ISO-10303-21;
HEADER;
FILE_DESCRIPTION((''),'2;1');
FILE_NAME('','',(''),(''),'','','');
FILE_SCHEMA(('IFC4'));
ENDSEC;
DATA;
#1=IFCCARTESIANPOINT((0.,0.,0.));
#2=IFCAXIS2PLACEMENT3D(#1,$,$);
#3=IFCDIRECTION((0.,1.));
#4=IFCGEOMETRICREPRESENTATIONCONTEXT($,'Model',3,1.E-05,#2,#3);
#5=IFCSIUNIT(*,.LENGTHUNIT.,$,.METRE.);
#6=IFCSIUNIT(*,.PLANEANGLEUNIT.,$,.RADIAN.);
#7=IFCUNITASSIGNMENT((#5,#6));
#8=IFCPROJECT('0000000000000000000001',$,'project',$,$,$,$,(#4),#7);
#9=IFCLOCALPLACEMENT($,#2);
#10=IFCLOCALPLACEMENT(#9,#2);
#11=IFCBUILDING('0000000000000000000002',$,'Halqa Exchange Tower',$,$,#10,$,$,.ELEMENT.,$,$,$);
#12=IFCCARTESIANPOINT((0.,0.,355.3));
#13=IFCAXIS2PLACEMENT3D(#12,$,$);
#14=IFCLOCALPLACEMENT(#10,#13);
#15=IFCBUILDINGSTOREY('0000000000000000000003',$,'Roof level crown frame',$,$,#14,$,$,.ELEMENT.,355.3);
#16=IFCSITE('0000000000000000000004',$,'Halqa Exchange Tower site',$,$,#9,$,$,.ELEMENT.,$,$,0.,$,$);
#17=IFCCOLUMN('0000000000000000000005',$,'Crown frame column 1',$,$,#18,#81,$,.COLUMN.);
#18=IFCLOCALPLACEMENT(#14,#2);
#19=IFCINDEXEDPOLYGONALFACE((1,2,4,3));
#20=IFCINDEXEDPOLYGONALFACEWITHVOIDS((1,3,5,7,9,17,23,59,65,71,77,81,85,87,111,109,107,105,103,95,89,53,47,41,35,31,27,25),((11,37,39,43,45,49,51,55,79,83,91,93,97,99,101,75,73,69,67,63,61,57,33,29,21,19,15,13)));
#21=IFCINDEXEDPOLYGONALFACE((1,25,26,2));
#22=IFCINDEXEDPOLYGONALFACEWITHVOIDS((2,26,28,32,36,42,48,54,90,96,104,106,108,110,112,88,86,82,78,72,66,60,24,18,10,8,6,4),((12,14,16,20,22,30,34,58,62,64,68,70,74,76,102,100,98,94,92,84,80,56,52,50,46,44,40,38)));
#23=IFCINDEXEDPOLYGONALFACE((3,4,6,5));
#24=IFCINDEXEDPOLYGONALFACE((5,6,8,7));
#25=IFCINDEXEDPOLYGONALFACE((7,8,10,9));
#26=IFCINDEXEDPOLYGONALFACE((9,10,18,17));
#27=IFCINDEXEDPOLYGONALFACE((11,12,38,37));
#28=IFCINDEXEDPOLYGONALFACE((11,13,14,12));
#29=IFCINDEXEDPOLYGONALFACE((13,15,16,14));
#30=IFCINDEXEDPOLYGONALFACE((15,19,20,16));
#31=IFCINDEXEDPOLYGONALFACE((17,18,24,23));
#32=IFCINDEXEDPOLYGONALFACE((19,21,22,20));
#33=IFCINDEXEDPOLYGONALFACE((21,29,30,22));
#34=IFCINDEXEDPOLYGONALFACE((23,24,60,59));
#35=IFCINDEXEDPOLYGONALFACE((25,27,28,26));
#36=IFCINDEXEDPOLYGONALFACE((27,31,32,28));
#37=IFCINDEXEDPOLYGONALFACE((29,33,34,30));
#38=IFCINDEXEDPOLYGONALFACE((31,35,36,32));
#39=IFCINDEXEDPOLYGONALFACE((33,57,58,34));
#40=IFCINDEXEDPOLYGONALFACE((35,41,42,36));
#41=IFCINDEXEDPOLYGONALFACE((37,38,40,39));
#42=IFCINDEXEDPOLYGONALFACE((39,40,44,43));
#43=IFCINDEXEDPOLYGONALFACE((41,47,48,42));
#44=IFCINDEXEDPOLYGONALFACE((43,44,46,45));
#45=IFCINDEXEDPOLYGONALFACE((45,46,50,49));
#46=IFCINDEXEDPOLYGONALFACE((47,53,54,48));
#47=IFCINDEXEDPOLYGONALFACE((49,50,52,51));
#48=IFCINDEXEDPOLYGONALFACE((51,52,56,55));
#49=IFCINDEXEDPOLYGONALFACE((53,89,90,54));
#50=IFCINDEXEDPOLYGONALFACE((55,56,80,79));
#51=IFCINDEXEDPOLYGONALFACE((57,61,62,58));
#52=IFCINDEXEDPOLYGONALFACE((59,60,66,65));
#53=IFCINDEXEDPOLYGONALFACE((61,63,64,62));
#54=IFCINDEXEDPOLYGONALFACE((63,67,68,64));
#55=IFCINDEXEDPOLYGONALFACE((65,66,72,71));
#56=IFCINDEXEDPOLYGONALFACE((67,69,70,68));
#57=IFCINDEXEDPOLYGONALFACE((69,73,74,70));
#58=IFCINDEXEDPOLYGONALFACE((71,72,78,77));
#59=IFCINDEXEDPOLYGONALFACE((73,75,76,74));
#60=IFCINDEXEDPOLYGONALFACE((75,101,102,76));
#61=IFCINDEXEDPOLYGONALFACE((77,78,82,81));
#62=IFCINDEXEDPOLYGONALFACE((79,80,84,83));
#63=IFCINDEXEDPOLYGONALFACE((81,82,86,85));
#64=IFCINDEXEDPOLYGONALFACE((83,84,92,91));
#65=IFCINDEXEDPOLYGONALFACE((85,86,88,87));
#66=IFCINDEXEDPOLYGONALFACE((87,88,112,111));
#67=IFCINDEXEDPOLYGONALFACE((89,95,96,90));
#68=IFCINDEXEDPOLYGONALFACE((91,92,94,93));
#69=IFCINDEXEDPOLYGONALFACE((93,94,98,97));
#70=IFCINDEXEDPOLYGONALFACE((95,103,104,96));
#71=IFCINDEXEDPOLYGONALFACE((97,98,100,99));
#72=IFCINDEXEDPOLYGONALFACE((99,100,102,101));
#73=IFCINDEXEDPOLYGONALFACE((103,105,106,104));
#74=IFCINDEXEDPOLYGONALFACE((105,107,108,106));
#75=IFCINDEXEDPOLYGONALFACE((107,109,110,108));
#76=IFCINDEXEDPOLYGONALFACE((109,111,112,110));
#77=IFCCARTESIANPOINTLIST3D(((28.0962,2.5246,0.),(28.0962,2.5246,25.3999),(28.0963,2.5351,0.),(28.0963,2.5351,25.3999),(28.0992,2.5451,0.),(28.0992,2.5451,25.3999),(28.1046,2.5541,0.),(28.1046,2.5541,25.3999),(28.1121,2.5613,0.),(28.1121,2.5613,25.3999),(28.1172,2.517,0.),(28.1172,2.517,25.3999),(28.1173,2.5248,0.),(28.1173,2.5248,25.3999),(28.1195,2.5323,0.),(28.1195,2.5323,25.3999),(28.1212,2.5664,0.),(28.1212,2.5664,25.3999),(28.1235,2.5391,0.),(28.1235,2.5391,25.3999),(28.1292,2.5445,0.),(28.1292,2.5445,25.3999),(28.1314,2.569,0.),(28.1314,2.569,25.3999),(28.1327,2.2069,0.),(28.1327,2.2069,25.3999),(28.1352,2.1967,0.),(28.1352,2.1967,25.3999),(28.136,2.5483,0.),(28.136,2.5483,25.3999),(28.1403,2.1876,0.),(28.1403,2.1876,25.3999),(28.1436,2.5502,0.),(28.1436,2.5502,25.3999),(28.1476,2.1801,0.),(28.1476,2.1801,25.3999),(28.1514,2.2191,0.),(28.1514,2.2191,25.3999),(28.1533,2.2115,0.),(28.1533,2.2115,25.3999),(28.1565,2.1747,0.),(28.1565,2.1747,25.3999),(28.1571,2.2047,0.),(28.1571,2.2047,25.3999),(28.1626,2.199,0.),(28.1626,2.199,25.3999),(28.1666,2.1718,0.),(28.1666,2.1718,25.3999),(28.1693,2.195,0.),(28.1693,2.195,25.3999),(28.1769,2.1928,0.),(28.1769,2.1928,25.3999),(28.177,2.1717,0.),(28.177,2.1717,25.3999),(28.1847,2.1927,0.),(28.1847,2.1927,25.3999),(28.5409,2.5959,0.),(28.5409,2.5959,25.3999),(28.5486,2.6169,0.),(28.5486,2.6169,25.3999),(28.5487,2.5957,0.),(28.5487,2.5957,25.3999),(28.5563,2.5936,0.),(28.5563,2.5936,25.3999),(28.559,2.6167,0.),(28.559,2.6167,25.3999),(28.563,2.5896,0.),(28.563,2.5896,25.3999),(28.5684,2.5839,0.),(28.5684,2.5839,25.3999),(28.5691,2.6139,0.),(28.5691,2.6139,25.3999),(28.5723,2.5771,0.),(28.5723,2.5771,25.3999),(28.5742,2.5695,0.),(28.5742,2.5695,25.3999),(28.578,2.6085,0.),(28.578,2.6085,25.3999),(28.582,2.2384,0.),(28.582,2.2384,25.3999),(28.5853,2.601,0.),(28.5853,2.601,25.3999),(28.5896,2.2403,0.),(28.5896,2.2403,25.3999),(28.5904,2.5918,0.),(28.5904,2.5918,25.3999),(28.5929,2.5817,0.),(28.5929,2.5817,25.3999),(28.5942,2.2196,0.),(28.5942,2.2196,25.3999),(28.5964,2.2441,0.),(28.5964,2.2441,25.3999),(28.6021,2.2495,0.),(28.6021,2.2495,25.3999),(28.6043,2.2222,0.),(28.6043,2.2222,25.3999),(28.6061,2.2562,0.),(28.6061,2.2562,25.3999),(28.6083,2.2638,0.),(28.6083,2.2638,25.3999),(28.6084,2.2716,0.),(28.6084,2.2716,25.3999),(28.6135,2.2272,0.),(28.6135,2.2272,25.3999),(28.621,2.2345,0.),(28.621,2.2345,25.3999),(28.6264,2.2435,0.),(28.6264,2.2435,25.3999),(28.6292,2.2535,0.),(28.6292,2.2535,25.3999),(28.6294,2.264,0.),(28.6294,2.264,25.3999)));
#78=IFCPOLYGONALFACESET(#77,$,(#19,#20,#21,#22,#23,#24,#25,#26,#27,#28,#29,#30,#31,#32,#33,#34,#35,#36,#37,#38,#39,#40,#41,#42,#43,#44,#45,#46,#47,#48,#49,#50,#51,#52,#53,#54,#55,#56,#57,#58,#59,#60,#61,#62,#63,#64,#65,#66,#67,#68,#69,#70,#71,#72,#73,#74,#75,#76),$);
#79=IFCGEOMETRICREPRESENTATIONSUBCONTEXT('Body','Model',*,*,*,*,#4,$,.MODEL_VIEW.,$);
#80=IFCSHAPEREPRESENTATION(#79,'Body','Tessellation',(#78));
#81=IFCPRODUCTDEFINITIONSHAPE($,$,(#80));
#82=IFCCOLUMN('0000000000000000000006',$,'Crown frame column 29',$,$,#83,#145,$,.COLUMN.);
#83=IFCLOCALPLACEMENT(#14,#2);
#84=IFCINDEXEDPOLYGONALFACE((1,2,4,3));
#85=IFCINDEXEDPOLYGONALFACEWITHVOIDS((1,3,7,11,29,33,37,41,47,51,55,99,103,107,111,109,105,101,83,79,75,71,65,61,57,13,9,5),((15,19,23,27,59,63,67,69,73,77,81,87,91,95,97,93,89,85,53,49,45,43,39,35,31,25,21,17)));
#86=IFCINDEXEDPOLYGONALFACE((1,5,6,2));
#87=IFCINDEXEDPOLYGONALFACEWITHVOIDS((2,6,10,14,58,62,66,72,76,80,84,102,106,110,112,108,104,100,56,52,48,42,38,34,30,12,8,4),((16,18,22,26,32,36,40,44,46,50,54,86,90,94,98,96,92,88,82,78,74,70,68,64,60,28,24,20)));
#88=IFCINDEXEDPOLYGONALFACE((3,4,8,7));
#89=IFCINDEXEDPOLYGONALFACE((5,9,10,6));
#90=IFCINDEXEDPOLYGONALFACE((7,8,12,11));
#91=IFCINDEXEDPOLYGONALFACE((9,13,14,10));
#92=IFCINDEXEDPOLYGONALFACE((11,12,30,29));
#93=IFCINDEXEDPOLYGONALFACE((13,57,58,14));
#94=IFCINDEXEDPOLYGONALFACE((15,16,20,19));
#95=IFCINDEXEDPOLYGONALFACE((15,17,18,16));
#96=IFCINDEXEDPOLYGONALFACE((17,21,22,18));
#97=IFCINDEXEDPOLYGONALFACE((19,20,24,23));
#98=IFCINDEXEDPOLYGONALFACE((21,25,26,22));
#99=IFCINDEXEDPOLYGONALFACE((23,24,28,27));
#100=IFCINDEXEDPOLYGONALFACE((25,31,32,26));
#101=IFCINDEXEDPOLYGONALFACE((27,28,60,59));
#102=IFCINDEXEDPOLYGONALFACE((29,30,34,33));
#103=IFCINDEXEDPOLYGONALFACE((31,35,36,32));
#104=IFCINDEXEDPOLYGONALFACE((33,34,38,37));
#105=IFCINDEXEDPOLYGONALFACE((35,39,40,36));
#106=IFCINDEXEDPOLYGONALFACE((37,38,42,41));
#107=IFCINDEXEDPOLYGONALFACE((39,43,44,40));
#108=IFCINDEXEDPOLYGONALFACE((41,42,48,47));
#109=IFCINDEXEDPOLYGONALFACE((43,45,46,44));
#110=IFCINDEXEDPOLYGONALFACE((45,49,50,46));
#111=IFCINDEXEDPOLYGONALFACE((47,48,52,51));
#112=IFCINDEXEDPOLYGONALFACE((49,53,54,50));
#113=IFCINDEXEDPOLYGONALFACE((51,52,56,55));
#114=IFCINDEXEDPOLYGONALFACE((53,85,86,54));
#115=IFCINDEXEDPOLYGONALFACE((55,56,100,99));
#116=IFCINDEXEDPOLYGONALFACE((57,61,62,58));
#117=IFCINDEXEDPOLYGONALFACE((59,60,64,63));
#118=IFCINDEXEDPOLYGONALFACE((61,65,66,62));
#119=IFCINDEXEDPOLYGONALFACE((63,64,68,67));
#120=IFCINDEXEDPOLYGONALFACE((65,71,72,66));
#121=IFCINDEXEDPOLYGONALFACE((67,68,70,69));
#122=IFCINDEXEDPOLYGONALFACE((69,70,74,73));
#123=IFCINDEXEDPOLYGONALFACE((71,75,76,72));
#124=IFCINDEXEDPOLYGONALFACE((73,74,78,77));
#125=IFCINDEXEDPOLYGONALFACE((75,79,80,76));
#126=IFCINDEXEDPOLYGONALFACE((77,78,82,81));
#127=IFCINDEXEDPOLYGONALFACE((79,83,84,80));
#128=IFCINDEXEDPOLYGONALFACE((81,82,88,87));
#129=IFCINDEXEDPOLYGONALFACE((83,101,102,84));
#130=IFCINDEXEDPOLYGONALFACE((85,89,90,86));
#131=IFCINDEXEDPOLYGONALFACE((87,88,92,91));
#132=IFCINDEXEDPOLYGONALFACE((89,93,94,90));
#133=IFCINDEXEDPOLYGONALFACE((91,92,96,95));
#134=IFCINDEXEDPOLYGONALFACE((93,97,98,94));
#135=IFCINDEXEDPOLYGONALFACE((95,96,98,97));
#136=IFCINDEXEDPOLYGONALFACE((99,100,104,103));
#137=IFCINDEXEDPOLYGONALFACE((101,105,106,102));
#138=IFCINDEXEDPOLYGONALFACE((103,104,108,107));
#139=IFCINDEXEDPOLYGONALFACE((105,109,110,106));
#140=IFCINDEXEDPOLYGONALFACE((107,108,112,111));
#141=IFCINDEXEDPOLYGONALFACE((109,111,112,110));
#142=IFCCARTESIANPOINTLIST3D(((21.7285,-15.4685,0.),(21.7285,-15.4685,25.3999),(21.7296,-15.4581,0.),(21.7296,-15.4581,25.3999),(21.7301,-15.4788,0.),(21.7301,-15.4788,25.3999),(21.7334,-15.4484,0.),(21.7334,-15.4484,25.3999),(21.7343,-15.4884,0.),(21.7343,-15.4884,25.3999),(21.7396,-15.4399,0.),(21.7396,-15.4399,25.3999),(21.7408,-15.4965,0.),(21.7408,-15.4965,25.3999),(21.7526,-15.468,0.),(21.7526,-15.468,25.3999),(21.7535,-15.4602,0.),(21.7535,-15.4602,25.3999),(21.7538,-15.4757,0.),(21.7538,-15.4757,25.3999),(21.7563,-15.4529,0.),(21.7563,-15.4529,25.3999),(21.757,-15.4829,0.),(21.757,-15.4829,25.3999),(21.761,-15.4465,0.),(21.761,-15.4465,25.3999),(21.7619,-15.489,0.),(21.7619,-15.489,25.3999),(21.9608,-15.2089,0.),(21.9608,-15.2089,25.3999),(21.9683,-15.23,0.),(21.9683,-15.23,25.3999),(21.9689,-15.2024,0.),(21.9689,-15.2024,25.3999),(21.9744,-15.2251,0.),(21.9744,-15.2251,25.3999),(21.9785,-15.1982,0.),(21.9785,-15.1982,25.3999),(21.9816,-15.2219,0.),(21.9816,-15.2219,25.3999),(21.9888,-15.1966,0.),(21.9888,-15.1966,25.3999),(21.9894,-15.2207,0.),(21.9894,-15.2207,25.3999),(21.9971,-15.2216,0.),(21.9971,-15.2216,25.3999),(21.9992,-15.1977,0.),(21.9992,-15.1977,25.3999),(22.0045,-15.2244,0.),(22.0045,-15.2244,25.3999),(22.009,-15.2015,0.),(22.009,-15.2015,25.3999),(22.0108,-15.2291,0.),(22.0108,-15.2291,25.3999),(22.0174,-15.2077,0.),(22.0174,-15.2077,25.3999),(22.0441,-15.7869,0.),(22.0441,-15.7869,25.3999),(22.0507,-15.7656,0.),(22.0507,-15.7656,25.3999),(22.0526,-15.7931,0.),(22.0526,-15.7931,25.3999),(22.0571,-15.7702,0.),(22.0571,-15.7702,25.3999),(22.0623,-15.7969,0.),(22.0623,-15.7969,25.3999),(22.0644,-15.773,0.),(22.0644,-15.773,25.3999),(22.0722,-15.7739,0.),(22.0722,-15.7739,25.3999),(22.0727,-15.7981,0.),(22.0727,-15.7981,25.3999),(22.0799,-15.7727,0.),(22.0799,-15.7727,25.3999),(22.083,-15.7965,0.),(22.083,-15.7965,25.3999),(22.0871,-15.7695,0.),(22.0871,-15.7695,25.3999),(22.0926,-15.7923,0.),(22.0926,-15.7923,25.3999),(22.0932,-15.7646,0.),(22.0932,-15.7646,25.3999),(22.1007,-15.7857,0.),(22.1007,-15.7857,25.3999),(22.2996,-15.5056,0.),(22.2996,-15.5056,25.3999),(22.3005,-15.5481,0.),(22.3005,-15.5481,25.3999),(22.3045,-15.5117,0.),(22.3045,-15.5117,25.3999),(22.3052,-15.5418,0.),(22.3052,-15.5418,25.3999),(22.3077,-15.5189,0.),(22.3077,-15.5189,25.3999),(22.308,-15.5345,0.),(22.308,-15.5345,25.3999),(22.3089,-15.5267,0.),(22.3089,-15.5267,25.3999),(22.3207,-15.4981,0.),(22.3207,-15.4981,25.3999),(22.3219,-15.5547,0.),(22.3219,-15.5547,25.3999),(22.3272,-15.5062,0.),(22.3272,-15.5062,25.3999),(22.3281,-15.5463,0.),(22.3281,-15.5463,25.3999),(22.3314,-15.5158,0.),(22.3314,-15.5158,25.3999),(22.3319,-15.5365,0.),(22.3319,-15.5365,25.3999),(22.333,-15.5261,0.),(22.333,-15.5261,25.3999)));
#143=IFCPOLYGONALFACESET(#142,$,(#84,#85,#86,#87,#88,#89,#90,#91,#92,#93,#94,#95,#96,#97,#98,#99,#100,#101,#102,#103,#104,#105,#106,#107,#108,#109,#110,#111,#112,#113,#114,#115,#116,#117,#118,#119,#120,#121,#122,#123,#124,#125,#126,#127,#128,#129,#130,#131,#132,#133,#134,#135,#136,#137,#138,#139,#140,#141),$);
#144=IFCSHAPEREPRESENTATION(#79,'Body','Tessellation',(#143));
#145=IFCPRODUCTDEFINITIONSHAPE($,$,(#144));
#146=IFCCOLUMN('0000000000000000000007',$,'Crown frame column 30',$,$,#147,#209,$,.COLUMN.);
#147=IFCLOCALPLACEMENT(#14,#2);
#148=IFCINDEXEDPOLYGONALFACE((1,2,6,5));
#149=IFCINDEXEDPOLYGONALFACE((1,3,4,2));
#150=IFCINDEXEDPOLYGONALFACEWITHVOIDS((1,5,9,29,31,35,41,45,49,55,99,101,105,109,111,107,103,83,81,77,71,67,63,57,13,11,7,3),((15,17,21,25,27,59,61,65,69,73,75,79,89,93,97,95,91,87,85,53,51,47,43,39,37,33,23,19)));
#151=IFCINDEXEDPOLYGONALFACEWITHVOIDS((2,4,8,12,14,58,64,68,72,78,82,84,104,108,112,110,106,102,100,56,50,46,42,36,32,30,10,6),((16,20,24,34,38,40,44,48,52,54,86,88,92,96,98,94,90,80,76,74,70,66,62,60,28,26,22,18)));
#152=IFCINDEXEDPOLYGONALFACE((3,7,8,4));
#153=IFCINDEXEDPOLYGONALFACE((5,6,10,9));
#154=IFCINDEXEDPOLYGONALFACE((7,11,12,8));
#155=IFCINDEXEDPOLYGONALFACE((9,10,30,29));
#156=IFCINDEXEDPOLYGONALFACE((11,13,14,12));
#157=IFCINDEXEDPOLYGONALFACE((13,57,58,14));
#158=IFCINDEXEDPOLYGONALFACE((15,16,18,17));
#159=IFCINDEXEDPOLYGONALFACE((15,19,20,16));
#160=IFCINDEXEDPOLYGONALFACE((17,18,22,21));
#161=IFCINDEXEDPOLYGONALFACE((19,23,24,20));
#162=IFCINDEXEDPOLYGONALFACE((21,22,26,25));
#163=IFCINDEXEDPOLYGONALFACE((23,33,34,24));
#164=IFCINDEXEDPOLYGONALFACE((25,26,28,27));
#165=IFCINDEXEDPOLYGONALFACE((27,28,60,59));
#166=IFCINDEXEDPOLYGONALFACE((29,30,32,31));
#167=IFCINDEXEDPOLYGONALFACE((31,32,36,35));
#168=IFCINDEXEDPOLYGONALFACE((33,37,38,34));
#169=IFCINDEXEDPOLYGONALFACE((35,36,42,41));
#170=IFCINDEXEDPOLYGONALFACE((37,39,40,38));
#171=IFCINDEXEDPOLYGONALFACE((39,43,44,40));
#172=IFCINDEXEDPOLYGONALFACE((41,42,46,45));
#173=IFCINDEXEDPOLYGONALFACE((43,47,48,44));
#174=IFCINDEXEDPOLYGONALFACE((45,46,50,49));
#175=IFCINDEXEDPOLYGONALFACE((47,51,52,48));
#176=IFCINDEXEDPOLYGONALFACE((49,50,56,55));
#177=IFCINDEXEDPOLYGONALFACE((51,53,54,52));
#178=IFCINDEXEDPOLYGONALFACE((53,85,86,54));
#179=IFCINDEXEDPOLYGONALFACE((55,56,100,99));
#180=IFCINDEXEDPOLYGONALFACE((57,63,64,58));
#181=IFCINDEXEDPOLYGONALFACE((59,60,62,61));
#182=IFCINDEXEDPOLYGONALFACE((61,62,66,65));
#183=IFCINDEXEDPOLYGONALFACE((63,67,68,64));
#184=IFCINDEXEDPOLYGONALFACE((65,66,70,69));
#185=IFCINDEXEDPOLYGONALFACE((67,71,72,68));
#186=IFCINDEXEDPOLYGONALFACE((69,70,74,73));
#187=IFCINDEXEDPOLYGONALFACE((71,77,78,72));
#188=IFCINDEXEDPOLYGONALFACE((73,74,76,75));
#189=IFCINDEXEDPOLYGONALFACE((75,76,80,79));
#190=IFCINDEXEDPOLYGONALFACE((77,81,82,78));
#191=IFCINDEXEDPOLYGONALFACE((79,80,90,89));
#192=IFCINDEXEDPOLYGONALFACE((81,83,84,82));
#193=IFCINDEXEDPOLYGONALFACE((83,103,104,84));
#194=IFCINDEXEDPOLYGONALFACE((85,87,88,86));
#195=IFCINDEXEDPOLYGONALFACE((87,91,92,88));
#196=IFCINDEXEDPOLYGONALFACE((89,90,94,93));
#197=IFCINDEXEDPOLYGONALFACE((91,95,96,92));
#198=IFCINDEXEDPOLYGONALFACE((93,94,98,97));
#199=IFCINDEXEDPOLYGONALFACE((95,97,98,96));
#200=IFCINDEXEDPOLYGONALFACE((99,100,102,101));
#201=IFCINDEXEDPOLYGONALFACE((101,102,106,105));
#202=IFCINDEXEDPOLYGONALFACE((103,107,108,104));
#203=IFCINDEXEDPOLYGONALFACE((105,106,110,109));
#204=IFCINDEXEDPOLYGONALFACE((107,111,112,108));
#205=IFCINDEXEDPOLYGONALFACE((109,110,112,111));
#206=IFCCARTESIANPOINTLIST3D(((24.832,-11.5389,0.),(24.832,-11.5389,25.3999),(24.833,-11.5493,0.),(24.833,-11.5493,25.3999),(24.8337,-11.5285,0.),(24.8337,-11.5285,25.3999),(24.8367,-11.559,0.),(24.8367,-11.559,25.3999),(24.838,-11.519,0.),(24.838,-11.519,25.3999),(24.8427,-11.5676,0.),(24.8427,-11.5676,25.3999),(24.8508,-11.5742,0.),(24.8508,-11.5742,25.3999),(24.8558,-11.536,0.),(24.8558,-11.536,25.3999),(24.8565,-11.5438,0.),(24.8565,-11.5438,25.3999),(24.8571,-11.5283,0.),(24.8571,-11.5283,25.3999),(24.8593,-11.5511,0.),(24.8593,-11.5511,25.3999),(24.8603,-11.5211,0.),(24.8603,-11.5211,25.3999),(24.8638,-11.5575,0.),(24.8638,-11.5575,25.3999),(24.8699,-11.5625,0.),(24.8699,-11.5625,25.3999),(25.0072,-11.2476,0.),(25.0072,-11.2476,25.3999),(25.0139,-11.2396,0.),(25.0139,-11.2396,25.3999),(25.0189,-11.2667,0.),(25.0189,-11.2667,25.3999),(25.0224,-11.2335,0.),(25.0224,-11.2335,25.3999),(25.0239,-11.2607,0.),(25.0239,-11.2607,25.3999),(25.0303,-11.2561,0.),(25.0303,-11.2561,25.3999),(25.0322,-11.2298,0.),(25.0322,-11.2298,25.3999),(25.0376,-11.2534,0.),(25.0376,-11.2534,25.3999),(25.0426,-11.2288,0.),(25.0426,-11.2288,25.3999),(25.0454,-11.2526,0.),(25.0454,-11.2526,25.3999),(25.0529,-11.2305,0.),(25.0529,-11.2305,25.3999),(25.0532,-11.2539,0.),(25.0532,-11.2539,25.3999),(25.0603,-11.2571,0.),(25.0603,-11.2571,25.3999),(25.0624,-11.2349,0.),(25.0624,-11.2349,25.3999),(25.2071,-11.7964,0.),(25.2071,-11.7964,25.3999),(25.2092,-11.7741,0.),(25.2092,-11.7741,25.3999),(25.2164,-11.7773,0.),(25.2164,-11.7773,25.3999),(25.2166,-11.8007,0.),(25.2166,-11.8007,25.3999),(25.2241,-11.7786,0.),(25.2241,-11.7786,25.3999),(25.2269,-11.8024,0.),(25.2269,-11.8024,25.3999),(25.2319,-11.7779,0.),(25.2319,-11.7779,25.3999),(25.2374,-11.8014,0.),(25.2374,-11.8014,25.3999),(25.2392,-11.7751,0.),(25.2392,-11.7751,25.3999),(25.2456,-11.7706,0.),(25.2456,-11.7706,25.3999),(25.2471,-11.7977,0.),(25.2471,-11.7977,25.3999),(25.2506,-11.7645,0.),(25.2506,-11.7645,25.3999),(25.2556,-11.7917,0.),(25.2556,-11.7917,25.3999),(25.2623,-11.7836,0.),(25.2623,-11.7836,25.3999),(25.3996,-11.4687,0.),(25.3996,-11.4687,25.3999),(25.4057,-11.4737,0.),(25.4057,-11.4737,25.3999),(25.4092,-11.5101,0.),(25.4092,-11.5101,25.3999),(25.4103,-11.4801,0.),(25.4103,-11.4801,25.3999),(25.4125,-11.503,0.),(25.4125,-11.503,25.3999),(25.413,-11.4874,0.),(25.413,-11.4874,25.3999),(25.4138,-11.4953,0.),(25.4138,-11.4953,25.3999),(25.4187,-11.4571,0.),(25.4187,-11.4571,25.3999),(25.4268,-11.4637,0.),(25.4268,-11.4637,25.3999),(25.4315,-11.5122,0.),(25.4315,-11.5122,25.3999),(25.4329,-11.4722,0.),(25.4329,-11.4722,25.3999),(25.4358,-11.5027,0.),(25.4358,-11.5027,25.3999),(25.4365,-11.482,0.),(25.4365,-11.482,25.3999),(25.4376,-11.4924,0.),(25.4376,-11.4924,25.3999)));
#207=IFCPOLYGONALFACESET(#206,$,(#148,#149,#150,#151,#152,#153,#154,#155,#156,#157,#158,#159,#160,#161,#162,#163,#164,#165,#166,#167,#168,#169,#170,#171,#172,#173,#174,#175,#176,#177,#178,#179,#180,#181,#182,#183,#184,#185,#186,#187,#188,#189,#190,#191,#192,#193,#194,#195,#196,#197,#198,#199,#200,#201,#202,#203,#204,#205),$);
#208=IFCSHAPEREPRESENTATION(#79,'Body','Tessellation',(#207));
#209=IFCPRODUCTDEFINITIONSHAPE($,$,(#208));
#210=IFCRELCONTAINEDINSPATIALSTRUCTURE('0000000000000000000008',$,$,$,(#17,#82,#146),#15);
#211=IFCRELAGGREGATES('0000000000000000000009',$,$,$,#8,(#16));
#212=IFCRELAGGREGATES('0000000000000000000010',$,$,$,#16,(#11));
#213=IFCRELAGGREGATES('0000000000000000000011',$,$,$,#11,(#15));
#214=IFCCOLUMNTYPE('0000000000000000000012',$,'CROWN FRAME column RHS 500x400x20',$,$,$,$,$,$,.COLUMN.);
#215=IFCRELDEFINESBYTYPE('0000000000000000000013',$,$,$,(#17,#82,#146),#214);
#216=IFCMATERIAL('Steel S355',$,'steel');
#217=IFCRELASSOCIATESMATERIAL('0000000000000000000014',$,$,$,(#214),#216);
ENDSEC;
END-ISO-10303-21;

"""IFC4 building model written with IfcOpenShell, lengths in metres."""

from ifc_helpers import new_model, si_unit, direction, frame, origin, origin_2d, place, context, subcontext, project, spatial, hollow_rectangle, extrude, material, material_profile, profile_set, type_object, element, save


model = new_model("IFC4")

# Units and contexts
model_context = context("Model", 3, precision=1e-05, world=origin(), true_north=direction((0.0, 1.0)))
body_context = subcontext(model_context, "Body", "Model", "MODEL_VIEW")
ifc_project = project(units=[si_unit("LENGTHUNIT", "METRE"), si_unit("PLANEANGLEUNIT", "RADIAN")], contexts=[model_context])

# Site, building, storey
site_placement = place(None, origin())
site = spatial("IfcSite", under=ifc_project, at=site_placement, Name="Halqa Exchange Tower site", CompositionType="ELEMENT", RefElevation=0.0)
building_placement = place(site_placement, origin())
building = spatial("IfcBuilding", under=site, at=building_placement, Name="Halqa Exchange Tower", CompositionType="ELEMENT")
storey_placement = place(building_placement, frame((0.0, 0.0, 355.3)))
storey = spatial("IfcBuildingStorey", under=building, at=storey_placement, Name="Roof level crown frame", CompositionType="ELEMENT", Elevation=355.3)

# Columns
ifc_material_1 = material(Name="Steel S355", Category="steel")
ifc_material_profile_1 = material_profile(ifc_material_1, hollow_rectangle(XDim=0.3999, YDim=0.5, WallThickness=0.02, InnerFilletRadius=0.03, OuterFilletRadius=0.04, at=origin_2d()), Name="RHS 500x400x20")
ifc_profile_set_1 = profile_set([ifc_material_profile_1], Name="Steel S355")
column_type = type_object("IfcColumnType", Name="CROWN FRAME column RHS 500x400x20", PredefinedType="COLUMN", material=ifc_profile_set_1)
for number, where, z_axis, x_axis, name in (
    (1, (28.3628, 2.3943, 0.0), (0.0, 0.0, 1.0), (-0.11416, 0.993462, 0.0), "Crown frame column 1"),
    (2, (22.0308, -15.4973, 0.0), (0.0, 0.0, 1.0), (0.691579, 0.722301, 0.0), "Crown frame column 29"),
    (3, (25.1348, -11.5156, 0.0), (0.0, 0.0, 1.0), (0.52914, 0.848534, 0.0), "Crown frame column 30"),
):
    element("IfcColumn", number, at=place(storey_placement, frame(where, z_axis=z_axis, x_axis=x_axis)), inside=storey, type_object=column_type, Name=name, PredefinedType="COLUMN", context=body_context, shape_type="SweptSolid", body=[
        extrude(hollow_rectangle(XDim=0.3999, YDim=0.5, WallThickness=0.02, InnerFilletRadius=0.03, OuterFilletRadius=0.04, at=origin_2d()), origin(), (0.0, 0.0, 1.0), 25.3999),
    ])

save(model, "model.ifc")
